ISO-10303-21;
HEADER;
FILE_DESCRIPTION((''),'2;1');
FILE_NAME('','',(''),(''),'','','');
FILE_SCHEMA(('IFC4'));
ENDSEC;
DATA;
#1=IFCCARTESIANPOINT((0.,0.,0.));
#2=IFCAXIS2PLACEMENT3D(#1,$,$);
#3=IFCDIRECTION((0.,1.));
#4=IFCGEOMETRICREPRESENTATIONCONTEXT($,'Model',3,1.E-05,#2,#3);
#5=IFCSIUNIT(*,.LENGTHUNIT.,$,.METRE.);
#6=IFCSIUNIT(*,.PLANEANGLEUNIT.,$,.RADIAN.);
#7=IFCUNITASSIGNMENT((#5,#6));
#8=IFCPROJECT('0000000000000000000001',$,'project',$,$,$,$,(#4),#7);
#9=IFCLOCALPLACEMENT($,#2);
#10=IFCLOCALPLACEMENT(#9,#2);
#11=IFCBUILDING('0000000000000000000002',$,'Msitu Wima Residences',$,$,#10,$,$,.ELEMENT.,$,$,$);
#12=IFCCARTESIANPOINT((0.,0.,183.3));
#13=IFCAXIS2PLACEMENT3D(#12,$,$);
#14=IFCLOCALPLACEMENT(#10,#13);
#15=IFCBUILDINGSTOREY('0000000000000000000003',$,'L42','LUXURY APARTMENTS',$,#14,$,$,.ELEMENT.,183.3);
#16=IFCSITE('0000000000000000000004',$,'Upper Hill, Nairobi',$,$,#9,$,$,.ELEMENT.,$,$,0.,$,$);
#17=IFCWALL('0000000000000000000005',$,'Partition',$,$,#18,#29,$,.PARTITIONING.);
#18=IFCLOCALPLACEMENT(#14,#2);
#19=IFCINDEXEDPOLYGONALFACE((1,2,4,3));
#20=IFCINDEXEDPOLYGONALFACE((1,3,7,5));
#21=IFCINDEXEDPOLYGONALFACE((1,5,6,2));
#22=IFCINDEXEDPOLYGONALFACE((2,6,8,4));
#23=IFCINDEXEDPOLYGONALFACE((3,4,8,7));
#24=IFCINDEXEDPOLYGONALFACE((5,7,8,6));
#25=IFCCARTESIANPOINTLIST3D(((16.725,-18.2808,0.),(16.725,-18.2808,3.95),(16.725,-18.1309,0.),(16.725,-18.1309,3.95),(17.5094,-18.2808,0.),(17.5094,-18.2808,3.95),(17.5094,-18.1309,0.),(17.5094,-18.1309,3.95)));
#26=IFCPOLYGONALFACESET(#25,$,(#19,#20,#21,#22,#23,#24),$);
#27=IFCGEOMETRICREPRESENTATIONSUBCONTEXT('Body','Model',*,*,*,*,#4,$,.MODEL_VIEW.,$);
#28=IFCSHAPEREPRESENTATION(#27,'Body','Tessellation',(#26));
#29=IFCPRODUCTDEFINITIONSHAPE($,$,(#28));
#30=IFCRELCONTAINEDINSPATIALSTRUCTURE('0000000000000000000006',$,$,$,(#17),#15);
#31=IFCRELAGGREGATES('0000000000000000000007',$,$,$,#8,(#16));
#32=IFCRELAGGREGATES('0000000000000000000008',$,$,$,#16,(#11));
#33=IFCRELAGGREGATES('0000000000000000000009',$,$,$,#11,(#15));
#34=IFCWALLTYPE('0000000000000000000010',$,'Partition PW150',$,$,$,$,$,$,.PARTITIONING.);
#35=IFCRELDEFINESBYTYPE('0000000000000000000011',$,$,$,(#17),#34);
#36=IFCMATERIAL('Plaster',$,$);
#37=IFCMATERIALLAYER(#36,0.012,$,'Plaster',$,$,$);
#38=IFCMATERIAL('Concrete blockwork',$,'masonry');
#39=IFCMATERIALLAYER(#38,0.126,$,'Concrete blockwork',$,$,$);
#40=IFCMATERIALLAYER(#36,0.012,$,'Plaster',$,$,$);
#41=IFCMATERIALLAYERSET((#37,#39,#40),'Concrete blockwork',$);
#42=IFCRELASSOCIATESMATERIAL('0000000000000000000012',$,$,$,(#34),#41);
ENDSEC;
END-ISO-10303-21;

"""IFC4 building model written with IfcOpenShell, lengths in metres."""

from ifc_helpers import new_model, si_unit, direction, frame, frame_2d, origin, place, context, subcontext, project, spatial, rectangle, extrude, material, layer, layer_set, type_object, element, save


model = new_model("IFC4")

# Units and contexts
model_context = context("Model", 3, precision=1e-05, world=origin(), true_north=direction((0.0, 1.0)))
body_context = subcontext(model_context, "Body", "Model", "MODEL_VIEW")
ifc_project = project(units=[si_unit("LENGTHUNIT", "METRE"), si_unit("PLANEANGLEUNIT", "RADIAN")], contexts=[model_context])

# Site, building, storey
site_placement = place(None, origin())
site = spatial("IfcSite", under=ifc_project, at=site_placement, Name="Upper Hill, Nairobi", CompositionType="ELEMENT", RefElevation=0.0)
building_placement = place(site_placement, origin())
building = spatial("IfcBuilding", under=site, at=building_placement, Name="Msitu Wima Residences", CompositionType="ELEMENT")
storey_placement = place(building_placement, frame((0.0, 0.0, 183.3)))
storey = spatial("IfcBuildingStorey", under=building, at=storey_placement, Name="L42", Description="LUXURY APARTMENTS", CompositionType="ELEMENT", Elevation=183.3)

# Shared definitions
ifc_material_1 = material(Name="Plaster")
ifc_material_2 = material(Name="Concrete blockwork", Category="masonry")

# Shared definitions
ifc_layer_1 = layer(ifc_material_1, 0.012, Name="Plaster")
ifc_layer_2 = layer(ifc_material_2, 0.126, Name="Concrete blockwork")
ifc_layer_3 = layer(ifc_material_1, 0.012, Name="Plaster")
ifc_layer_set_1 = layer_set([ifc_layer_1, ifc_layer_2, ifc_layer_3], Name="Concrete blockwork")
wall_type_1 = type_object("IfcWallType", Name="Partition PW150", PredefinedType="PARTITIONING", material=ifc_layer_set_1)

# Wall
wall_1_placement = place(storey_placement, frame((16.7251, -18.2058, 0.0), z_axis=(0.0, 0.0, 1.0), x_axis=(1.0, 0.0, 0.0)))
element("IfcWall", 1, at=wall_1_placement, inside=storey, type_object=wall_type_1, Name="Partition", PredefinedType="PARTITIONING", context=body_context, shape_type="SweptSolid", body=[
    extrude(rectangle(XDim=0.7844, YDim=0.1499, at=frame_2d((0.3921, 0.0))), origin(), (0.0, 0.0, 1.0), 3.95),
])

save(model, "model.ifc")
